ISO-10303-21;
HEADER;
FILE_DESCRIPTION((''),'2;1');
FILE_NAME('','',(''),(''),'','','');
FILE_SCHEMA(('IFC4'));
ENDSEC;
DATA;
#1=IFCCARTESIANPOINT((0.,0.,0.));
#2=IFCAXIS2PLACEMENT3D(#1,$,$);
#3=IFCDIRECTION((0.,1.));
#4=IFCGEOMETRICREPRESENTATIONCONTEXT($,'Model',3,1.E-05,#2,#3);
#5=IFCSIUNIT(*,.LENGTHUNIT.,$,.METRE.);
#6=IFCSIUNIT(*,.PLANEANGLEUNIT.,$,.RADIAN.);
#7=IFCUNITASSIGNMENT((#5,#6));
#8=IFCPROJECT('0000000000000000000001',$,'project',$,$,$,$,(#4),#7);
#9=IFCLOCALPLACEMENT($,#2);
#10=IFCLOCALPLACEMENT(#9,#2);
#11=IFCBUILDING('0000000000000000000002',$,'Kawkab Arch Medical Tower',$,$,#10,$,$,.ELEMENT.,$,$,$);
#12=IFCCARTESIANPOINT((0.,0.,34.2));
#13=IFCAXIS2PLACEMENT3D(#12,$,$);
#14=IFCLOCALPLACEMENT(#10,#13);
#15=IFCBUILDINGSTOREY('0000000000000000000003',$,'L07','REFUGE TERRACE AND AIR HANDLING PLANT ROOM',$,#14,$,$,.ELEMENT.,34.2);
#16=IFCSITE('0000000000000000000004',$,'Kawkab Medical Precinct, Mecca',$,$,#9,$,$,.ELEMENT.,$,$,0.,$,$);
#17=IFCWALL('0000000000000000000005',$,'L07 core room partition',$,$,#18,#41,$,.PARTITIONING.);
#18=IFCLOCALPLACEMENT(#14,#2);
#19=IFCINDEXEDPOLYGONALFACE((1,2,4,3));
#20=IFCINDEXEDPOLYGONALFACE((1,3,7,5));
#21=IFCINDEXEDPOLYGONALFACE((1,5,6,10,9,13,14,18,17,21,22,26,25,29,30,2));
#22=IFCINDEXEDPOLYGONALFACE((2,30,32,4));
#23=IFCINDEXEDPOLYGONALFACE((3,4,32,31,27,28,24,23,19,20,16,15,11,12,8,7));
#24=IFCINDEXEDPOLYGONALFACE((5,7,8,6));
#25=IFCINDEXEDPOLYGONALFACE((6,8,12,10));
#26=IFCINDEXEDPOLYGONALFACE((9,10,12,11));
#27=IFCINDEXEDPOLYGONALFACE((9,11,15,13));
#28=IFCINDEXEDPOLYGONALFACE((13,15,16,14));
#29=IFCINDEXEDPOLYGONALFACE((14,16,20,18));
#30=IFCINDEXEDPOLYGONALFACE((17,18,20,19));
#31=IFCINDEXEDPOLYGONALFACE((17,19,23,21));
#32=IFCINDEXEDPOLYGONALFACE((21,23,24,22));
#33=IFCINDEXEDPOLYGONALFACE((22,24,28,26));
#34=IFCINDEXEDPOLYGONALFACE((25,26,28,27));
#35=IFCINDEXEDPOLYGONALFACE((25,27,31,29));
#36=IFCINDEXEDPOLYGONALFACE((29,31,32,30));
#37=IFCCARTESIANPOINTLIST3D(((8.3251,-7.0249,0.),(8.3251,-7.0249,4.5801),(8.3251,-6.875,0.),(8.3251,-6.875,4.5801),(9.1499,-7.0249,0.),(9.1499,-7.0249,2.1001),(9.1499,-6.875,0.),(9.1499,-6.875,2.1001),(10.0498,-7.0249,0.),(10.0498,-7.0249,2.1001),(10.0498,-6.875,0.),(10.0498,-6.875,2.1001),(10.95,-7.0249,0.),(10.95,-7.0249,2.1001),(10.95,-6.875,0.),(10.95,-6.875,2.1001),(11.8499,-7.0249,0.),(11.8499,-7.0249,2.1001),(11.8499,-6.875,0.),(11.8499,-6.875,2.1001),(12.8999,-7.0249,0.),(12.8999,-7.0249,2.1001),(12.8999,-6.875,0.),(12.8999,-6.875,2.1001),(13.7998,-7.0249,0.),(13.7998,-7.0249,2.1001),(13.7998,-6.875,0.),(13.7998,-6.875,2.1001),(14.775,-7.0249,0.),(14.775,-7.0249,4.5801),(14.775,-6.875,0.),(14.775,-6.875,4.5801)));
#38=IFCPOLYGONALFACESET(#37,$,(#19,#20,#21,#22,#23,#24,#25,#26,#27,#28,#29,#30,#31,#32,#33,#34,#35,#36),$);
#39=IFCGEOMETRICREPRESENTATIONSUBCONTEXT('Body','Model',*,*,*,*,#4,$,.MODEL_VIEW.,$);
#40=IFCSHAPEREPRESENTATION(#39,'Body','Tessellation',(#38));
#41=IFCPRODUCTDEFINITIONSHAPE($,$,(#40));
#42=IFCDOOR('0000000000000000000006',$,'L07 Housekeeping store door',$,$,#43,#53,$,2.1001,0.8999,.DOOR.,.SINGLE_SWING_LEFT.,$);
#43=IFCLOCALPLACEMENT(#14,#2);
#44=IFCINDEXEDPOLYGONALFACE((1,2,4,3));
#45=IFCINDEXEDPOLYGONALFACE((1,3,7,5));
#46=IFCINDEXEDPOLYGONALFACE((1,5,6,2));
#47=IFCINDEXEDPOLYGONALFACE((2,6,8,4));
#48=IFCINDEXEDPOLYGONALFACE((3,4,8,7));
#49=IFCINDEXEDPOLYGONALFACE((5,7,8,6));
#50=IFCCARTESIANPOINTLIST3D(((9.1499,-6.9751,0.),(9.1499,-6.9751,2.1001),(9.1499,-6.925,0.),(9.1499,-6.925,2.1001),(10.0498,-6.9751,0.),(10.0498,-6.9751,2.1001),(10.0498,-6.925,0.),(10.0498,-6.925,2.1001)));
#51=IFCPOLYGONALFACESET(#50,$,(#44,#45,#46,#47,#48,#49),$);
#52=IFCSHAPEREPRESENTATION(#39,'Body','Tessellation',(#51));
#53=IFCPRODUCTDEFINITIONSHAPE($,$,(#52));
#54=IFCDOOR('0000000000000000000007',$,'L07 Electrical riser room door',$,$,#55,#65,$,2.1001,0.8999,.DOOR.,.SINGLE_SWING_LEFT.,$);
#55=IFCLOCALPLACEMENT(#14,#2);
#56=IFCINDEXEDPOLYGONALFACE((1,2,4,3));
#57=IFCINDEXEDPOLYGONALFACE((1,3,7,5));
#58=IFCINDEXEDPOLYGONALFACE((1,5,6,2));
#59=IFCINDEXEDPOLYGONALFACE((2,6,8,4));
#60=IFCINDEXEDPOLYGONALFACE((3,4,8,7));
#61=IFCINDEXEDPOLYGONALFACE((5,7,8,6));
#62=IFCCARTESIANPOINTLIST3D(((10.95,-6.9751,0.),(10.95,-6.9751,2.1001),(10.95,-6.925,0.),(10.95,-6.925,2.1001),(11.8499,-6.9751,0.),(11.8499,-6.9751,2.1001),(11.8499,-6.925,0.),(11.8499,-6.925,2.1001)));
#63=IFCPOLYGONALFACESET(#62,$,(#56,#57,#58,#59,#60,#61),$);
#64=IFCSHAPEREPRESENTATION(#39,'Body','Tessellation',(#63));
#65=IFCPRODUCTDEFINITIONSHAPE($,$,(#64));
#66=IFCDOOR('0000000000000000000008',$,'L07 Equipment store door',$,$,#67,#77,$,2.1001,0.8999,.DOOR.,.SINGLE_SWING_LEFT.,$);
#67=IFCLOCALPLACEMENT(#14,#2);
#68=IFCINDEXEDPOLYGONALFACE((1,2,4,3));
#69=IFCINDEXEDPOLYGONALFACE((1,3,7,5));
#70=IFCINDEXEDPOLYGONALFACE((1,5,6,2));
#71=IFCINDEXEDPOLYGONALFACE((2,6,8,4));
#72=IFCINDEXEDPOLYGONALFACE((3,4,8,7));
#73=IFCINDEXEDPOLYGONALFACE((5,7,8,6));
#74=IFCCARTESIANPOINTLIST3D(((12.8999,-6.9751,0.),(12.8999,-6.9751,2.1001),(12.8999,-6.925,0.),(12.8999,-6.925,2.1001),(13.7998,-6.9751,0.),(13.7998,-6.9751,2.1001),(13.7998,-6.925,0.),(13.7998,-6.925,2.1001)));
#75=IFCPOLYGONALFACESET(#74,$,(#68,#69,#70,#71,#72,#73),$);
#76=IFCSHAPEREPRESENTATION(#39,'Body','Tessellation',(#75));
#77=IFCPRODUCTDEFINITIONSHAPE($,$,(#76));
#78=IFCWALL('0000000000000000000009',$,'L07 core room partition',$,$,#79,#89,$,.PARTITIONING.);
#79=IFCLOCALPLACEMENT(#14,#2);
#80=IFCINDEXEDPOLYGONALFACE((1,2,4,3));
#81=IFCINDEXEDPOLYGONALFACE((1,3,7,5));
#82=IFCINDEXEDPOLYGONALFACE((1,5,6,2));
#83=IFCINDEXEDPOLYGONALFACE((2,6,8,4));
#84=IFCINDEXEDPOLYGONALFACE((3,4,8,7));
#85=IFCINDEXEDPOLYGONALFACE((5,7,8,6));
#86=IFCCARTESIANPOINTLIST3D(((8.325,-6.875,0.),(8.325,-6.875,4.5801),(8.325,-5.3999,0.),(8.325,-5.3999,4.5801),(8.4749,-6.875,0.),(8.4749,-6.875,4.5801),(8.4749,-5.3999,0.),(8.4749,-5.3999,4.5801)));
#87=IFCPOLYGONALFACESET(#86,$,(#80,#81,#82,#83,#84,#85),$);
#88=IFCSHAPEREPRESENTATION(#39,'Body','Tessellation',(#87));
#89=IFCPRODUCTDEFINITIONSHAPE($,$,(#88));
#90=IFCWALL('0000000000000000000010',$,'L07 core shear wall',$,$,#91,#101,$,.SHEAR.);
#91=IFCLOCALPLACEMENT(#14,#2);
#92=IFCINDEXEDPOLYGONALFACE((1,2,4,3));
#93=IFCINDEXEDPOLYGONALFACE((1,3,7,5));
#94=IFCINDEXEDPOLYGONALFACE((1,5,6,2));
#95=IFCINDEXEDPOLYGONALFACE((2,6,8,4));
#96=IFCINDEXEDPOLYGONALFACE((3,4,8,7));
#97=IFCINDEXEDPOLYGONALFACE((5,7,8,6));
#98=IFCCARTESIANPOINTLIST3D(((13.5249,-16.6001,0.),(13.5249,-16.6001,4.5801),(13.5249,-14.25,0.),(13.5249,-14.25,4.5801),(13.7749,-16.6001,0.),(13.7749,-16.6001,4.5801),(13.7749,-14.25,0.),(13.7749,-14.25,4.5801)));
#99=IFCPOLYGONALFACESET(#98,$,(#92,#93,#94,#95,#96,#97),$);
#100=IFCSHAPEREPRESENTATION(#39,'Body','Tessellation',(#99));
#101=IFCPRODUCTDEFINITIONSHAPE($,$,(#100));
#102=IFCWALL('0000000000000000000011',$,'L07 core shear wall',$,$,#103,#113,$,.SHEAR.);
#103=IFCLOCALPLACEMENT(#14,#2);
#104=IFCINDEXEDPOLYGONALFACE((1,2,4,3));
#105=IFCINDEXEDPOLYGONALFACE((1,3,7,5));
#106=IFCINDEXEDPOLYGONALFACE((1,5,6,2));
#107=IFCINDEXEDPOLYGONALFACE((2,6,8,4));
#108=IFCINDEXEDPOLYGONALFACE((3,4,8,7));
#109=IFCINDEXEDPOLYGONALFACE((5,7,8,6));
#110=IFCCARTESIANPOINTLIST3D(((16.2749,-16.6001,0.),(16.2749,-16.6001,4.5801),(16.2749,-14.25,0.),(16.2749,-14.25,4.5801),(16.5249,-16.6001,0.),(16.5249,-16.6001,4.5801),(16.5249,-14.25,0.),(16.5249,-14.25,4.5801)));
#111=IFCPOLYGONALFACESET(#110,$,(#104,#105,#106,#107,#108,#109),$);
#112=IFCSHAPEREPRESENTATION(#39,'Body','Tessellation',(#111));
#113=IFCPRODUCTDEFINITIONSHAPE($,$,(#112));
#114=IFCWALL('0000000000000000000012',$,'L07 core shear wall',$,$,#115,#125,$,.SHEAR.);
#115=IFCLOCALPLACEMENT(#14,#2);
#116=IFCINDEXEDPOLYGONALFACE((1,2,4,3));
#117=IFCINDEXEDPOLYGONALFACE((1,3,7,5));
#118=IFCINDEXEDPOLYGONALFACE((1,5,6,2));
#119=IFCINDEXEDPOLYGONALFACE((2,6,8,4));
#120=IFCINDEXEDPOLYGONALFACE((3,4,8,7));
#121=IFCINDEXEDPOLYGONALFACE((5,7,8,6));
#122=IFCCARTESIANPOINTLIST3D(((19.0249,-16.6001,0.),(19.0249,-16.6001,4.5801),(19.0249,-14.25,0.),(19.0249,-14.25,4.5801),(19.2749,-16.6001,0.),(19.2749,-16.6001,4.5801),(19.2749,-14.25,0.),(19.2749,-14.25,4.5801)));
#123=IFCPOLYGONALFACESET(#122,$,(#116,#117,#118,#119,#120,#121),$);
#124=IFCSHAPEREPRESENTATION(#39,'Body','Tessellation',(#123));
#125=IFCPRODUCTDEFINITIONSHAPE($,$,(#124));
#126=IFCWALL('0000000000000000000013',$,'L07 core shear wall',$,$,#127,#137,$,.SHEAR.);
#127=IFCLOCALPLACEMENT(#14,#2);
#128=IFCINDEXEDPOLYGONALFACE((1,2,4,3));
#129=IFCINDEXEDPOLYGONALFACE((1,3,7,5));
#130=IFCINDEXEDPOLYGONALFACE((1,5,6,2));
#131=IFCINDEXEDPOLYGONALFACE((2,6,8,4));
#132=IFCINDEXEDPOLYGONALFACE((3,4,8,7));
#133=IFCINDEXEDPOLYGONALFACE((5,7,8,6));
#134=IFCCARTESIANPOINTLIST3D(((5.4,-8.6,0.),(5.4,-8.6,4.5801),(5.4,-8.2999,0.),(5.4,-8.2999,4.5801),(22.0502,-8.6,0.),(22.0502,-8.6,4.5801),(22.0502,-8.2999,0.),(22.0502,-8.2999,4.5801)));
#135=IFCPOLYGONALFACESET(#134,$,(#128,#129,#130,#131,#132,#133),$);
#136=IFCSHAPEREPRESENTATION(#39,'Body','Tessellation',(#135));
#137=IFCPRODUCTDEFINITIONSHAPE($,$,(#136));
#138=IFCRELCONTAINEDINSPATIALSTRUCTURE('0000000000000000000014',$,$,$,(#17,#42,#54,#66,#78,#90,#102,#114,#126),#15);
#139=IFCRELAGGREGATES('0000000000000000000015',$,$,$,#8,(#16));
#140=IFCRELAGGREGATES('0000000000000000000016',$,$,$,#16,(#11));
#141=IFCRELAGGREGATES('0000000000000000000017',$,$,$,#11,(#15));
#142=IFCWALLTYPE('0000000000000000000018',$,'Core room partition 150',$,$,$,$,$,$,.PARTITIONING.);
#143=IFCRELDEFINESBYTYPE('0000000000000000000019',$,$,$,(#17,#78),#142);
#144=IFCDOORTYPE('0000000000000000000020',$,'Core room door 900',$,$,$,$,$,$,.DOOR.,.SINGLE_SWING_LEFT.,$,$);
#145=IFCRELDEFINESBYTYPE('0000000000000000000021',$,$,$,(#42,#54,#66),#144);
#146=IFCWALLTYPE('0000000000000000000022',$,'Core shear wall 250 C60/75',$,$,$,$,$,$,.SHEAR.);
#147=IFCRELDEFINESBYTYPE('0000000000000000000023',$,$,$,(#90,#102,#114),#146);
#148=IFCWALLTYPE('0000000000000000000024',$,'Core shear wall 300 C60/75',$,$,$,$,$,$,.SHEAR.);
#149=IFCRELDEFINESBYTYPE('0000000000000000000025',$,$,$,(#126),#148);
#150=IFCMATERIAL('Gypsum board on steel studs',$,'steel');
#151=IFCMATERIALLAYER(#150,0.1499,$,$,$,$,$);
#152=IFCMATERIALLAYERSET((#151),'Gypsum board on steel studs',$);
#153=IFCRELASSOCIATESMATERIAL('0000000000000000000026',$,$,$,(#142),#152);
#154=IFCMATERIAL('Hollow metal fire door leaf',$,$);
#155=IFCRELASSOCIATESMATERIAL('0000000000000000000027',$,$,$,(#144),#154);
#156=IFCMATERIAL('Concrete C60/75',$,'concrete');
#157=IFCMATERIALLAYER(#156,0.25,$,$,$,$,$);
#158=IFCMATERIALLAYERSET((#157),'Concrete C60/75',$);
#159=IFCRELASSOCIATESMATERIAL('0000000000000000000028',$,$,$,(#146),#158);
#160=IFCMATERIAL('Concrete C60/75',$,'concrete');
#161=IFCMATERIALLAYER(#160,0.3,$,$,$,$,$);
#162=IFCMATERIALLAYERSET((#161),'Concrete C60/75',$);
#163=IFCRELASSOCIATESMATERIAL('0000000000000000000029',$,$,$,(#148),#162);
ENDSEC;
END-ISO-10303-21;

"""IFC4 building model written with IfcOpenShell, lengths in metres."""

from ifc_helpers import new_model, si_unit, direction, frame, frame_2d, origin, place, context, subcontext, project, spatial, rectangle, extrude, material, layer, layer_set, type_object, element, fill, save


model = new_model("IFC4")

# Units and contexts
model_context = context("Model", 3, precision=1e-05, world=origin(), true_north=direction((0.0, 1.0)))
body_context = subcontext(model_context, "Body", "Model", "MODEL_VIEW")
ifc_project = project(units=[si_unit("LENGTHUNIT", "METRE"), si_unit("PLANEANGLEUNIT", "RADIAN")], contexts=[model_context])

# Site, building, storey
site_placement = place(None, origin())
site = spatial("IfcSite", under=ifc_project, at=site_placement, Name="Kawkab Medical Precinct, Mecca", CompositionType="ELEMENT", RefElevation=0.0)
building_placement = place(site_placement, origin())
building = spatial("IfcBuilding", under=site, at=building_placement, Name="Kawkab Arch Medical Tower", CompositionType="ELEMENT")
storey_placement = place(building_placement, frame((0.0, 0.0, 34.2)))
storey = spatial("IfcBuildingStorey", under=building, at=storey_placement, Name="L07", Description="REFUGE TERRACE AND AIR HANDLING PLANT ROOM", CompositionType="ELEMENT", Elevation=34.2)

# Wall, openings, doors
ifc_material_1 = material(Name="Gypsum board on steel studs", Category="steel")
ifc_layer_1 = layer(ifc_material_1, 0.1499)
ifc_layer_set_1 = layer_set([ifc_layer_1], Name="Gypsum board on steel studs")
wall_type_1 = type_object("IfcWallType", Name="Core room partition 150", PredefinedType="PARTITIONING", material=ifc_layer_set_1)
wall_1_placement = place(storey_placement, frame((8.325, -6.95, 0.0), z_axis=(0.0, 0.0, 1.0), x_axis=(1.0, 0.0, 0.0)))
wall_1 = element("IfcWall", 1, at=wall_1_placement, inside=storey, type_object=wall_type_1, Name="L07 core room partition", PredefinedType="PARTITIONING", context=body_context, shape_type="SweptSolid", body=[
    extrude(rectangle(XDim=6.45, YDim=0.1499, at=frame_2d((3.2251, 0.0))), origin(), (0.0, 0.0, 1.0), 4.5801),
])
opening_1_placement = place(wall_1_placement, frame((0.825, 0.0, 0.0)))
opening_1 = element("IfcOpeningElement", 2, at=opening_1_placement, cuts=wall_1, PredefinedType="OPENING", context=body_context, shape_type="SweptSolid", body=[
    extrude(rectangle(XDim=0.8999, YDim=2.1001, at=frame_2d((0.45, 1.05))), frame((0.0, 0.085, 0.0), z_axis=(0.0, -1.0, 0.0), x_axis=(1.0, 0.0, 0.0)), (0.0, 0.0, 1.0), 0.1699),
])
opening_2_placement = place(wall_1_placement, frame((2.625, 0.0, 0.0)))
opening_2 = element("IfcOpeningElement", 3, at=opening_2_placement, cuts=wall_1, PredefinedType="OPENING", context=body_context, shape_type="SweptSolid", body=[
    extrude(rectangle(XDim=0.8999, YDim=2.1001, at=frame_2d((0.45, 1.05))), frame((0.0, 0.085, 0.0), z_axis=(0.0, -1.0, 0.0), x_axis=(1.0, 0.0, 0.0)), (0.0, 0.0, 1.0), 0.1699),
])
opening_3_placement = place(wall_1_placement, frame((4.575, 0.0, 0.0)))
opening_3 = element("IfcOpeningElement", 4, at=opening_3_placement, cuts=wall_1, PredefinedType="OPENING", context=body_context, shape_type="SweptSolid", body=[
    extrude(rectangle(XDim=0.8999, YDim=2.1001, at=frame_2d((0.45, 1.05))), frame((0.0, 0.085, 0.0), z_axis=(0.0, -1.0, 0.0), x_axis=(1.0, 0.0, 0.0)), (0.0, 0.0, 1.0), 0.1699),
])
ifc_material_2 = material(Name="Hollow metal fire door leaf")
door_type_1 = type_object("IfcDoorType", Name="Core room door 900", OperationType="SINGLE_SWING_LEFT", PredefinedType="DOOR", material=ifc_material_2)
door_1_placement = place(opening_1_placement, origin())
door_1 = element("IfcDoor", 5, at=door_1_placement, inside=storey, type_object=door_type_1, Name="L07 Housekeeping store door", OperationType="SINGLE_SWING_LEFT", OverallHeight=2.1001, OverallWidth=0.8999, PredefinedType="DOOR", context=body_context, shape_type="SweptSolid", body=[
    extrude(rectangle(XDim=0.8999, YDim=2.1001, at=frame_2d((0.45, 1.05))), frame((0.0, 0.0249, 0.0), z_axis=(0.0, -1.0, 0.0), x_axis=(1.0, 0.0, 0.0)), (0.0, 0.0, 1.0), 0.05),
])
fill(opening_1, door_1)
door_2_placement = place(opening_2_placement, origin())
door_2 = element("IfcDoor", 6, at=door_2_placement, inside=storey, type_object=door_type_1, Name="L07 Electrical riser room door", OperationType="SINGLE_SWING_LEFT", OverallHeight=2.1001, OverallWidth=0.8999, PredefinedType="DOOR", context=body_context, shape_type="SweptSolid", body=[
    extrude(rectangle(XDim=0.8999, YDim=2.1001, at=frame_2d((0.45, 1.05))), frame((0.0, 0.0249, 0.0), z_axis=(0.0, -1.0, 0.0), x_axis=(1.0, 0.0, 0.0)), (0.0, 0.0, 1.0), 0.05),
])
fill(opening_2, door_2)
door_3_placement = place(opening_3_placement, origin())
door_3 = element("IfcDoor", 7, at=door_3_placement, inside=storey, type_object=door_type_1, Name="L07 Equipment store door", OperationType="SINGLE_SWING_LEFT", OverallHeight=2.1001, OverallWidth=0.8999, PredefinedType="DOOR", context=body_context, shape_type="SweptSolid", body=[
    extrude(rectangle(XDim=0.8999, YDim=2.1001, at=frame_2d((0.45, 1.05))), frame((0.0, 0.0249, 0.0), z_axis=(0.0, -1.0, 0.0), x_axis=(1.0, 0.0, 0.0)), (0.0, 0.0, 1.0), 0.05),
])
fill(opening_3, door_3)

# Walls
wall_2_placement = place(storey_placement, frame((8.3999, -6.875, 0.0), z_axis=(0.0, 0.0, 1.0), x_axis=(0.0, 1.0, 0.0)))
element("IfcWall", 8, at=wall_2_placement, inside=storey, type_object=wall_type_1, Name="L07 core room partition", PredefinedType="PARTITIONING", context=body_context, shape_type="SweptSolid", body=[
    extrude(rectangle(XDim=1.4751, YDim=0.1499, at=frame_2d((0.7375, 0.0))), origin(), (0.0, 0.0, 1.0), 4.5801),
])
ifc_material_3 = material(Name="Concrete C60/75", Category="concrete")
ifc_layer_2 = layer(ifc_material_3, 0.25)
ifc_layer_set_2 = layer_set([ifc_layer_2], Name="Concrete C60/75")
wall_type_2 = type_object("IfcWallType", Name="Core shear wall 250 C60/75", PredefinedType="SHEAR", material=ifc_layer_set_2)
for number, where, z_axis, x_axis, name in (
    (9, (13.6499, -16.6001, 0.0), (0.0, 0.0, 1.0), (0.0, 1.0, 0.0), "L07 core shear wall"),
    (10, (16.3999, -16.6001, 0.0), (0.0, 0.0, 1.0), (0.0, 1.0, 0.0), "L07 core shear wall"),
    (11, (19.1499, -16.6001, 0.0), (0.0, 0.0, 1.0), (0.0, 1.0, 0.0), "L07 core shear wall"),
):
    element("IfcWall", number, at=place(storey_placement, frame(where, z_axis=z_axis, x_axis=x_axis)), inside=storey, type_object=wall_type_2, Name=name, PredefinedType="SHEAR", context=body_context, shape_type="SweptSolid", body=[
        extrude(rectangle(XDim=2.3501, YDim=0.25, at=frame_2d((1.175, 0.0))), origin(), (0.0, 0.0, 1.0), 4.5801),
    ])
ifc_material_4 = material(Name="Concrete C60/75", Category="concrete")
ifc_layer_3 = layer(ifc_material_4, 0.3)
ifc_layer_set_3 = layer_set([ifc_layer_3], Name="Concrete C60/75")
wall_type_3 = type_object("IfcWallType", Name="Core shear wall 300 C60/75", PredefinedType="SHEAR", material=ifc_layer_set_3)
wall_3_placement = place(storey_placement, frame((5.3999, -8.45, 0.0), z_axis=(0.0, 0.0, 1.0), x_axis=(1.0, 0.0, 0.0)))
element("IfcWall", 12, at=wall_3_placement, inside=storey, type_object=wall_type_3, Name="L07 core shear wall", PredefinedType="SHEAR", context=body_context, shape_type="SweptSolid", body=[
    extrude(rectangle(XDim=16.6501, YDim=0.3, at=frame_2d((8.3252, 0.0))), origin(), (0.0, 0.0, 1.0), 4.5801),
])

save(model, "model.ifc")
